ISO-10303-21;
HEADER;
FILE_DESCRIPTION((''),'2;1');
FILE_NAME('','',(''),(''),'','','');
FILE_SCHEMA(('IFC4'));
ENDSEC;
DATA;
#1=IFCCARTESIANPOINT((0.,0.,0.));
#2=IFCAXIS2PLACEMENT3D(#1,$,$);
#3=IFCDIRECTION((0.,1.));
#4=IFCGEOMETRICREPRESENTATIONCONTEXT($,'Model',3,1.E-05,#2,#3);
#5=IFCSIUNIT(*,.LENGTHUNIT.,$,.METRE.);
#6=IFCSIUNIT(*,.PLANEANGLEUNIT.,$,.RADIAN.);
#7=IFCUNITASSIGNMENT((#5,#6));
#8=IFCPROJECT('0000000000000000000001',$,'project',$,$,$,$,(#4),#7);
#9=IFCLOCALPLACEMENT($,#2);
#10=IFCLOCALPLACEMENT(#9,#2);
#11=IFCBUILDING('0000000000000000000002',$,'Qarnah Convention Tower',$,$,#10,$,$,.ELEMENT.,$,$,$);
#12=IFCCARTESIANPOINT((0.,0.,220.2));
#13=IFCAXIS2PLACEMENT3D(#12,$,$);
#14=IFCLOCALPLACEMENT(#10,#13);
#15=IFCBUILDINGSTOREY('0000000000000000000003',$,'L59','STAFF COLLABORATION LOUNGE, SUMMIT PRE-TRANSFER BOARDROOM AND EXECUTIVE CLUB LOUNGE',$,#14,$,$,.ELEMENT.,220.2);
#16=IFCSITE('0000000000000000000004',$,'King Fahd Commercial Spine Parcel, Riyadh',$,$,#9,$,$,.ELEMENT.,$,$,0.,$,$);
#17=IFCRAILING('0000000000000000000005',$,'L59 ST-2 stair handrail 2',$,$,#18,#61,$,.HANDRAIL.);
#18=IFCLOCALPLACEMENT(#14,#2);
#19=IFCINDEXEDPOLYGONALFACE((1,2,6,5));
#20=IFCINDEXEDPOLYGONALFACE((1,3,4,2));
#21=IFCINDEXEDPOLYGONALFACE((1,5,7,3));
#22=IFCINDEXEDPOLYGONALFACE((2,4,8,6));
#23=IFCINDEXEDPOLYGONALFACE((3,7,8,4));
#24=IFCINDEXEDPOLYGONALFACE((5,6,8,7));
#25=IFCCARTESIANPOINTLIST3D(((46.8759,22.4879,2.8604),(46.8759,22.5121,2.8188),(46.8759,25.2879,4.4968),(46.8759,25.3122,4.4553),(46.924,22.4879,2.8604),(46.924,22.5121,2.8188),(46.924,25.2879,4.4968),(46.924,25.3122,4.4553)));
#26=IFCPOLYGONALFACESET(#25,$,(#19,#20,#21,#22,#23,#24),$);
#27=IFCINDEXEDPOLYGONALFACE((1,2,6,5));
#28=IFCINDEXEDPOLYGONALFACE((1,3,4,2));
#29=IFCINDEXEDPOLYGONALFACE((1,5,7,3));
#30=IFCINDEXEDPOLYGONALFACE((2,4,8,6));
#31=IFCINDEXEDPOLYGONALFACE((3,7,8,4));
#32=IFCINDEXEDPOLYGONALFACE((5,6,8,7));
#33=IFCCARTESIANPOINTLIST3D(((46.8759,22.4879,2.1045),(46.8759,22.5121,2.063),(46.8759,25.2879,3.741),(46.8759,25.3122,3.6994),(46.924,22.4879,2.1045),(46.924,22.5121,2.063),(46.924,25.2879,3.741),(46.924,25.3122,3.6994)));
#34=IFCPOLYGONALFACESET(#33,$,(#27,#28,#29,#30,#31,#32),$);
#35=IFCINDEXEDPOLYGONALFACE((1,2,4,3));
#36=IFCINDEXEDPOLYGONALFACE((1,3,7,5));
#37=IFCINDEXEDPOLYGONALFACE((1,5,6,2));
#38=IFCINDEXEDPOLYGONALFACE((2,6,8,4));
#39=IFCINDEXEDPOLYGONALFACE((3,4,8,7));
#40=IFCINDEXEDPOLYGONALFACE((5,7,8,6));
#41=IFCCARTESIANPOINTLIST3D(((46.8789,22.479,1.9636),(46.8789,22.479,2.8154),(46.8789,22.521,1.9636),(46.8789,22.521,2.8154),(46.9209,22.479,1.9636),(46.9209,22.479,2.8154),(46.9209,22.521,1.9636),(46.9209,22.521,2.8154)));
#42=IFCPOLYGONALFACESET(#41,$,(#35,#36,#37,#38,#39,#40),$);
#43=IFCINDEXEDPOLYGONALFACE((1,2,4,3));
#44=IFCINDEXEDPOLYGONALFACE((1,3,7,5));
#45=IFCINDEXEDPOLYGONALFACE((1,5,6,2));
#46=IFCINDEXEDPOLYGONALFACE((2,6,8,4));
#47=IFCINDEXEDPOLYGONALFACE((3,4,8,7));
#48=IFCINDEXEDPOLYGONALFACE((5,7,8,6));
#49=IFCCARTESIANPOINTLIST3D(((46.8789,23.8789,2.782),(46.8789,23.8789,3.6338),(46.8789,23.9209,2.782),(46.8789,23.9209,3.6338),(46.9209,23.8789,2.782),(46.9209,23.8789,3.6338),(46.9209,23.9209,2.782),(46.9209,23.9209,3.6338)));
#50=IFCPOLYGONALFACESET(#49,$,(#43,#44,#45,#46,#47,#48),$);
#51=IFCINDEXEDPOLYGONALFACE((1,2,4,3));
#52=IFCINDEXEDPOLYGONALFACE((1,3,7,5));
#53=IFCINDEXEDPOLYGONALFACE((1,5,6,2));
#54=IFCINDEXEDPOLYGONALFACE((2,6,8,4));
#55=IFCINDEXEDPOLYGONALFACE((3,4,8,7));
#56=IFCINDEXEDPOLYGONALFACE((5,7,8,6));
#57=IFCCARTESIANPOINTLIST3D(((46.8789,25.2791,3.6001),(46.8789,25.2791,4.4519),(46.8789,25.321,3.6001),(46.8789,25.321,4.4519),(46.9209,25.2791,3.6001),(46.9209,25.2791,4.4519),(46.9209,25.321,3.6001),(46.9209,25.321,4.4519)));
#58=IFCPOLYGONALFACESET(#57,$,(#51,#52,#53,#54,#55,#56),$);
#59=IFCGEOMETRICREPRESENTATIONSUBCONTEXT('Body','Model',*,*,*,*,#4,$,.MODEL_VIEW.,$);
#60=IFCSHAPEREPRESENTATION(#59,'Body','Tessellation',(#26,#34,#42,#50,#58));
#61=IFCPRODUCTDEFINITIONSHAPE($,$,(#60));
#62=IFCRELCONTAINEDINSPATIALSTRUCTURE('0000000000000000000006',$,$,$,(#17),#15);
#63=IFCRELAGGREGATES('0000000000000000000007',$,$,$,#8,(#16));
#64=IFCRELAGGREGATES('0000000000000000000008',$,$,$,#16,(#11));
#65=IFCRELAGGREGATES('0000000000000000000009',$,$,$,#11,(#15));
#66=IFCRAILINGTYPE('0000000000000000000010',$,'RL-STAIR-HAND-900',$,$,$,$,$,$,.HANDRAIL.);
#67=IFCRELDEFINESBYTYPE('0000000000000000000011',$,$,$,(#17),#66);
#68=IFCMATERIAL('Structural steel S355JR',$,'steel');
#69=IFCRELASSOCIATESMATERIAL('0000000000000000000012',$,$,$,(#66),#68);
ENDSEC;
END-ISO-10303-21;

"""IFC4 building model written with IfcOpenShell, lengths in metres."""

from ifc_helpers import new_model, si_unit, direction, frame, origin, origin_2d, place, context, subcontext, project, spatial, rectangle, extrude, material, type_object, element, save


model = new_model("IFC4")

# Units and contexts
model_context = context("Model", 3, precision=1e-05, world=origin(), true_north=direction((0.0, 1.0)))
body_context = subcontext(model_context, "Body", "Model", "MODEL_VIEW")
ifc_project = project(units=[si_unit("LENGTHUNIT", "METRE"), si_unit("PLANEANGLEUNIT", "RADIAN")], contexts=[model_context])

# Site, building, storey
site_placement = place(None, origin())
site = spatial("IfcSite", under=ifc_project, at=site_placement, Name="King Fahd Commercial Spine Parcel, Riyadh", CompositionType="ELEMENT", RefElevation=0.0)
building_placement = place(site_placement, origin())
building = spatial("IfcBuilding", under=site, at=building_placement, Name="Qarnah Convention Tower", CompositionType="ELEMENT")
storey_placement = place(building_placement, frame((0.0, 0.0, 220.2)))
storey = spatial("IfcBuildingStorey", under=building, at=storey_placement, Name="L59", Description="STAFF COLLABORATION LOUNGE, SUMMIT PRE-TRANSFER BOARDROOM AND EXECUTIVE CLUB LOUNGE", CompositionType="ELEMENT", Elevation=220.2)

# Shared definitions
ifc_material_1 = material(Name="Structural steel S355JR", Category="steel")

# Railing
railing_type_1 = type_object("IfcRailingType", Name="RL-STAIR-HAND-900", PredefinedType="HANDRAIL", material=ifc_material_1)
railing_1_placement = place(storey_placement, frame((46.8999, 22.5, 1.9636)))
element("IfcRailing", 1, at=railing_1_placement, inside=storey, type_object=railing_type_1, Name="L59 ST-2 stair handrail 2", PredefinedType="HANDRAIL", context=body_context, shape_type="SweptSolid", body=[
    extrude(rectangle(XDim=0.0481, YDim=0.0481, at=origin_2d()), frame((0.0, 0.0, 0.876), z_axis=(0.0, 0.863361, 0.504587), x_axis=(-1.0, 0.0, 0.0)), (0.0, 0.0, 1.0), 3.2432),
    extrude(rectangle(XDim=0.0481, YDim=0.0481, at=origin_2d()), frame((0.0, 0.0, 0.1201), z_axis=(0.0, 0.863361, 0.504587), x_axis=(-1.0, 0.0, 0.0)), (0.0, 0.0, 1.0), 3.2432),
    extrude(rectangle(XDim=0.042, YDim=0.042, at=origin_2d()), origin(), (0.0, 0.0, 1.0), 0.8518),
    extrude(rectangle(XDim=0.042, YDim=0.042, at=origin_2d()), frame((0.0, 1.3999, 0.8184)), (0.0, 0.0, 1.0), 0.8518),
    extrude(rectangle(XDim=0.042, YDim=0.042, at=origin_2d()), frame((0.0, 2.8, 1.6365)), (0.0, 0.0, 1.0), 0.8518),
])

save(model, "model.ifc")
